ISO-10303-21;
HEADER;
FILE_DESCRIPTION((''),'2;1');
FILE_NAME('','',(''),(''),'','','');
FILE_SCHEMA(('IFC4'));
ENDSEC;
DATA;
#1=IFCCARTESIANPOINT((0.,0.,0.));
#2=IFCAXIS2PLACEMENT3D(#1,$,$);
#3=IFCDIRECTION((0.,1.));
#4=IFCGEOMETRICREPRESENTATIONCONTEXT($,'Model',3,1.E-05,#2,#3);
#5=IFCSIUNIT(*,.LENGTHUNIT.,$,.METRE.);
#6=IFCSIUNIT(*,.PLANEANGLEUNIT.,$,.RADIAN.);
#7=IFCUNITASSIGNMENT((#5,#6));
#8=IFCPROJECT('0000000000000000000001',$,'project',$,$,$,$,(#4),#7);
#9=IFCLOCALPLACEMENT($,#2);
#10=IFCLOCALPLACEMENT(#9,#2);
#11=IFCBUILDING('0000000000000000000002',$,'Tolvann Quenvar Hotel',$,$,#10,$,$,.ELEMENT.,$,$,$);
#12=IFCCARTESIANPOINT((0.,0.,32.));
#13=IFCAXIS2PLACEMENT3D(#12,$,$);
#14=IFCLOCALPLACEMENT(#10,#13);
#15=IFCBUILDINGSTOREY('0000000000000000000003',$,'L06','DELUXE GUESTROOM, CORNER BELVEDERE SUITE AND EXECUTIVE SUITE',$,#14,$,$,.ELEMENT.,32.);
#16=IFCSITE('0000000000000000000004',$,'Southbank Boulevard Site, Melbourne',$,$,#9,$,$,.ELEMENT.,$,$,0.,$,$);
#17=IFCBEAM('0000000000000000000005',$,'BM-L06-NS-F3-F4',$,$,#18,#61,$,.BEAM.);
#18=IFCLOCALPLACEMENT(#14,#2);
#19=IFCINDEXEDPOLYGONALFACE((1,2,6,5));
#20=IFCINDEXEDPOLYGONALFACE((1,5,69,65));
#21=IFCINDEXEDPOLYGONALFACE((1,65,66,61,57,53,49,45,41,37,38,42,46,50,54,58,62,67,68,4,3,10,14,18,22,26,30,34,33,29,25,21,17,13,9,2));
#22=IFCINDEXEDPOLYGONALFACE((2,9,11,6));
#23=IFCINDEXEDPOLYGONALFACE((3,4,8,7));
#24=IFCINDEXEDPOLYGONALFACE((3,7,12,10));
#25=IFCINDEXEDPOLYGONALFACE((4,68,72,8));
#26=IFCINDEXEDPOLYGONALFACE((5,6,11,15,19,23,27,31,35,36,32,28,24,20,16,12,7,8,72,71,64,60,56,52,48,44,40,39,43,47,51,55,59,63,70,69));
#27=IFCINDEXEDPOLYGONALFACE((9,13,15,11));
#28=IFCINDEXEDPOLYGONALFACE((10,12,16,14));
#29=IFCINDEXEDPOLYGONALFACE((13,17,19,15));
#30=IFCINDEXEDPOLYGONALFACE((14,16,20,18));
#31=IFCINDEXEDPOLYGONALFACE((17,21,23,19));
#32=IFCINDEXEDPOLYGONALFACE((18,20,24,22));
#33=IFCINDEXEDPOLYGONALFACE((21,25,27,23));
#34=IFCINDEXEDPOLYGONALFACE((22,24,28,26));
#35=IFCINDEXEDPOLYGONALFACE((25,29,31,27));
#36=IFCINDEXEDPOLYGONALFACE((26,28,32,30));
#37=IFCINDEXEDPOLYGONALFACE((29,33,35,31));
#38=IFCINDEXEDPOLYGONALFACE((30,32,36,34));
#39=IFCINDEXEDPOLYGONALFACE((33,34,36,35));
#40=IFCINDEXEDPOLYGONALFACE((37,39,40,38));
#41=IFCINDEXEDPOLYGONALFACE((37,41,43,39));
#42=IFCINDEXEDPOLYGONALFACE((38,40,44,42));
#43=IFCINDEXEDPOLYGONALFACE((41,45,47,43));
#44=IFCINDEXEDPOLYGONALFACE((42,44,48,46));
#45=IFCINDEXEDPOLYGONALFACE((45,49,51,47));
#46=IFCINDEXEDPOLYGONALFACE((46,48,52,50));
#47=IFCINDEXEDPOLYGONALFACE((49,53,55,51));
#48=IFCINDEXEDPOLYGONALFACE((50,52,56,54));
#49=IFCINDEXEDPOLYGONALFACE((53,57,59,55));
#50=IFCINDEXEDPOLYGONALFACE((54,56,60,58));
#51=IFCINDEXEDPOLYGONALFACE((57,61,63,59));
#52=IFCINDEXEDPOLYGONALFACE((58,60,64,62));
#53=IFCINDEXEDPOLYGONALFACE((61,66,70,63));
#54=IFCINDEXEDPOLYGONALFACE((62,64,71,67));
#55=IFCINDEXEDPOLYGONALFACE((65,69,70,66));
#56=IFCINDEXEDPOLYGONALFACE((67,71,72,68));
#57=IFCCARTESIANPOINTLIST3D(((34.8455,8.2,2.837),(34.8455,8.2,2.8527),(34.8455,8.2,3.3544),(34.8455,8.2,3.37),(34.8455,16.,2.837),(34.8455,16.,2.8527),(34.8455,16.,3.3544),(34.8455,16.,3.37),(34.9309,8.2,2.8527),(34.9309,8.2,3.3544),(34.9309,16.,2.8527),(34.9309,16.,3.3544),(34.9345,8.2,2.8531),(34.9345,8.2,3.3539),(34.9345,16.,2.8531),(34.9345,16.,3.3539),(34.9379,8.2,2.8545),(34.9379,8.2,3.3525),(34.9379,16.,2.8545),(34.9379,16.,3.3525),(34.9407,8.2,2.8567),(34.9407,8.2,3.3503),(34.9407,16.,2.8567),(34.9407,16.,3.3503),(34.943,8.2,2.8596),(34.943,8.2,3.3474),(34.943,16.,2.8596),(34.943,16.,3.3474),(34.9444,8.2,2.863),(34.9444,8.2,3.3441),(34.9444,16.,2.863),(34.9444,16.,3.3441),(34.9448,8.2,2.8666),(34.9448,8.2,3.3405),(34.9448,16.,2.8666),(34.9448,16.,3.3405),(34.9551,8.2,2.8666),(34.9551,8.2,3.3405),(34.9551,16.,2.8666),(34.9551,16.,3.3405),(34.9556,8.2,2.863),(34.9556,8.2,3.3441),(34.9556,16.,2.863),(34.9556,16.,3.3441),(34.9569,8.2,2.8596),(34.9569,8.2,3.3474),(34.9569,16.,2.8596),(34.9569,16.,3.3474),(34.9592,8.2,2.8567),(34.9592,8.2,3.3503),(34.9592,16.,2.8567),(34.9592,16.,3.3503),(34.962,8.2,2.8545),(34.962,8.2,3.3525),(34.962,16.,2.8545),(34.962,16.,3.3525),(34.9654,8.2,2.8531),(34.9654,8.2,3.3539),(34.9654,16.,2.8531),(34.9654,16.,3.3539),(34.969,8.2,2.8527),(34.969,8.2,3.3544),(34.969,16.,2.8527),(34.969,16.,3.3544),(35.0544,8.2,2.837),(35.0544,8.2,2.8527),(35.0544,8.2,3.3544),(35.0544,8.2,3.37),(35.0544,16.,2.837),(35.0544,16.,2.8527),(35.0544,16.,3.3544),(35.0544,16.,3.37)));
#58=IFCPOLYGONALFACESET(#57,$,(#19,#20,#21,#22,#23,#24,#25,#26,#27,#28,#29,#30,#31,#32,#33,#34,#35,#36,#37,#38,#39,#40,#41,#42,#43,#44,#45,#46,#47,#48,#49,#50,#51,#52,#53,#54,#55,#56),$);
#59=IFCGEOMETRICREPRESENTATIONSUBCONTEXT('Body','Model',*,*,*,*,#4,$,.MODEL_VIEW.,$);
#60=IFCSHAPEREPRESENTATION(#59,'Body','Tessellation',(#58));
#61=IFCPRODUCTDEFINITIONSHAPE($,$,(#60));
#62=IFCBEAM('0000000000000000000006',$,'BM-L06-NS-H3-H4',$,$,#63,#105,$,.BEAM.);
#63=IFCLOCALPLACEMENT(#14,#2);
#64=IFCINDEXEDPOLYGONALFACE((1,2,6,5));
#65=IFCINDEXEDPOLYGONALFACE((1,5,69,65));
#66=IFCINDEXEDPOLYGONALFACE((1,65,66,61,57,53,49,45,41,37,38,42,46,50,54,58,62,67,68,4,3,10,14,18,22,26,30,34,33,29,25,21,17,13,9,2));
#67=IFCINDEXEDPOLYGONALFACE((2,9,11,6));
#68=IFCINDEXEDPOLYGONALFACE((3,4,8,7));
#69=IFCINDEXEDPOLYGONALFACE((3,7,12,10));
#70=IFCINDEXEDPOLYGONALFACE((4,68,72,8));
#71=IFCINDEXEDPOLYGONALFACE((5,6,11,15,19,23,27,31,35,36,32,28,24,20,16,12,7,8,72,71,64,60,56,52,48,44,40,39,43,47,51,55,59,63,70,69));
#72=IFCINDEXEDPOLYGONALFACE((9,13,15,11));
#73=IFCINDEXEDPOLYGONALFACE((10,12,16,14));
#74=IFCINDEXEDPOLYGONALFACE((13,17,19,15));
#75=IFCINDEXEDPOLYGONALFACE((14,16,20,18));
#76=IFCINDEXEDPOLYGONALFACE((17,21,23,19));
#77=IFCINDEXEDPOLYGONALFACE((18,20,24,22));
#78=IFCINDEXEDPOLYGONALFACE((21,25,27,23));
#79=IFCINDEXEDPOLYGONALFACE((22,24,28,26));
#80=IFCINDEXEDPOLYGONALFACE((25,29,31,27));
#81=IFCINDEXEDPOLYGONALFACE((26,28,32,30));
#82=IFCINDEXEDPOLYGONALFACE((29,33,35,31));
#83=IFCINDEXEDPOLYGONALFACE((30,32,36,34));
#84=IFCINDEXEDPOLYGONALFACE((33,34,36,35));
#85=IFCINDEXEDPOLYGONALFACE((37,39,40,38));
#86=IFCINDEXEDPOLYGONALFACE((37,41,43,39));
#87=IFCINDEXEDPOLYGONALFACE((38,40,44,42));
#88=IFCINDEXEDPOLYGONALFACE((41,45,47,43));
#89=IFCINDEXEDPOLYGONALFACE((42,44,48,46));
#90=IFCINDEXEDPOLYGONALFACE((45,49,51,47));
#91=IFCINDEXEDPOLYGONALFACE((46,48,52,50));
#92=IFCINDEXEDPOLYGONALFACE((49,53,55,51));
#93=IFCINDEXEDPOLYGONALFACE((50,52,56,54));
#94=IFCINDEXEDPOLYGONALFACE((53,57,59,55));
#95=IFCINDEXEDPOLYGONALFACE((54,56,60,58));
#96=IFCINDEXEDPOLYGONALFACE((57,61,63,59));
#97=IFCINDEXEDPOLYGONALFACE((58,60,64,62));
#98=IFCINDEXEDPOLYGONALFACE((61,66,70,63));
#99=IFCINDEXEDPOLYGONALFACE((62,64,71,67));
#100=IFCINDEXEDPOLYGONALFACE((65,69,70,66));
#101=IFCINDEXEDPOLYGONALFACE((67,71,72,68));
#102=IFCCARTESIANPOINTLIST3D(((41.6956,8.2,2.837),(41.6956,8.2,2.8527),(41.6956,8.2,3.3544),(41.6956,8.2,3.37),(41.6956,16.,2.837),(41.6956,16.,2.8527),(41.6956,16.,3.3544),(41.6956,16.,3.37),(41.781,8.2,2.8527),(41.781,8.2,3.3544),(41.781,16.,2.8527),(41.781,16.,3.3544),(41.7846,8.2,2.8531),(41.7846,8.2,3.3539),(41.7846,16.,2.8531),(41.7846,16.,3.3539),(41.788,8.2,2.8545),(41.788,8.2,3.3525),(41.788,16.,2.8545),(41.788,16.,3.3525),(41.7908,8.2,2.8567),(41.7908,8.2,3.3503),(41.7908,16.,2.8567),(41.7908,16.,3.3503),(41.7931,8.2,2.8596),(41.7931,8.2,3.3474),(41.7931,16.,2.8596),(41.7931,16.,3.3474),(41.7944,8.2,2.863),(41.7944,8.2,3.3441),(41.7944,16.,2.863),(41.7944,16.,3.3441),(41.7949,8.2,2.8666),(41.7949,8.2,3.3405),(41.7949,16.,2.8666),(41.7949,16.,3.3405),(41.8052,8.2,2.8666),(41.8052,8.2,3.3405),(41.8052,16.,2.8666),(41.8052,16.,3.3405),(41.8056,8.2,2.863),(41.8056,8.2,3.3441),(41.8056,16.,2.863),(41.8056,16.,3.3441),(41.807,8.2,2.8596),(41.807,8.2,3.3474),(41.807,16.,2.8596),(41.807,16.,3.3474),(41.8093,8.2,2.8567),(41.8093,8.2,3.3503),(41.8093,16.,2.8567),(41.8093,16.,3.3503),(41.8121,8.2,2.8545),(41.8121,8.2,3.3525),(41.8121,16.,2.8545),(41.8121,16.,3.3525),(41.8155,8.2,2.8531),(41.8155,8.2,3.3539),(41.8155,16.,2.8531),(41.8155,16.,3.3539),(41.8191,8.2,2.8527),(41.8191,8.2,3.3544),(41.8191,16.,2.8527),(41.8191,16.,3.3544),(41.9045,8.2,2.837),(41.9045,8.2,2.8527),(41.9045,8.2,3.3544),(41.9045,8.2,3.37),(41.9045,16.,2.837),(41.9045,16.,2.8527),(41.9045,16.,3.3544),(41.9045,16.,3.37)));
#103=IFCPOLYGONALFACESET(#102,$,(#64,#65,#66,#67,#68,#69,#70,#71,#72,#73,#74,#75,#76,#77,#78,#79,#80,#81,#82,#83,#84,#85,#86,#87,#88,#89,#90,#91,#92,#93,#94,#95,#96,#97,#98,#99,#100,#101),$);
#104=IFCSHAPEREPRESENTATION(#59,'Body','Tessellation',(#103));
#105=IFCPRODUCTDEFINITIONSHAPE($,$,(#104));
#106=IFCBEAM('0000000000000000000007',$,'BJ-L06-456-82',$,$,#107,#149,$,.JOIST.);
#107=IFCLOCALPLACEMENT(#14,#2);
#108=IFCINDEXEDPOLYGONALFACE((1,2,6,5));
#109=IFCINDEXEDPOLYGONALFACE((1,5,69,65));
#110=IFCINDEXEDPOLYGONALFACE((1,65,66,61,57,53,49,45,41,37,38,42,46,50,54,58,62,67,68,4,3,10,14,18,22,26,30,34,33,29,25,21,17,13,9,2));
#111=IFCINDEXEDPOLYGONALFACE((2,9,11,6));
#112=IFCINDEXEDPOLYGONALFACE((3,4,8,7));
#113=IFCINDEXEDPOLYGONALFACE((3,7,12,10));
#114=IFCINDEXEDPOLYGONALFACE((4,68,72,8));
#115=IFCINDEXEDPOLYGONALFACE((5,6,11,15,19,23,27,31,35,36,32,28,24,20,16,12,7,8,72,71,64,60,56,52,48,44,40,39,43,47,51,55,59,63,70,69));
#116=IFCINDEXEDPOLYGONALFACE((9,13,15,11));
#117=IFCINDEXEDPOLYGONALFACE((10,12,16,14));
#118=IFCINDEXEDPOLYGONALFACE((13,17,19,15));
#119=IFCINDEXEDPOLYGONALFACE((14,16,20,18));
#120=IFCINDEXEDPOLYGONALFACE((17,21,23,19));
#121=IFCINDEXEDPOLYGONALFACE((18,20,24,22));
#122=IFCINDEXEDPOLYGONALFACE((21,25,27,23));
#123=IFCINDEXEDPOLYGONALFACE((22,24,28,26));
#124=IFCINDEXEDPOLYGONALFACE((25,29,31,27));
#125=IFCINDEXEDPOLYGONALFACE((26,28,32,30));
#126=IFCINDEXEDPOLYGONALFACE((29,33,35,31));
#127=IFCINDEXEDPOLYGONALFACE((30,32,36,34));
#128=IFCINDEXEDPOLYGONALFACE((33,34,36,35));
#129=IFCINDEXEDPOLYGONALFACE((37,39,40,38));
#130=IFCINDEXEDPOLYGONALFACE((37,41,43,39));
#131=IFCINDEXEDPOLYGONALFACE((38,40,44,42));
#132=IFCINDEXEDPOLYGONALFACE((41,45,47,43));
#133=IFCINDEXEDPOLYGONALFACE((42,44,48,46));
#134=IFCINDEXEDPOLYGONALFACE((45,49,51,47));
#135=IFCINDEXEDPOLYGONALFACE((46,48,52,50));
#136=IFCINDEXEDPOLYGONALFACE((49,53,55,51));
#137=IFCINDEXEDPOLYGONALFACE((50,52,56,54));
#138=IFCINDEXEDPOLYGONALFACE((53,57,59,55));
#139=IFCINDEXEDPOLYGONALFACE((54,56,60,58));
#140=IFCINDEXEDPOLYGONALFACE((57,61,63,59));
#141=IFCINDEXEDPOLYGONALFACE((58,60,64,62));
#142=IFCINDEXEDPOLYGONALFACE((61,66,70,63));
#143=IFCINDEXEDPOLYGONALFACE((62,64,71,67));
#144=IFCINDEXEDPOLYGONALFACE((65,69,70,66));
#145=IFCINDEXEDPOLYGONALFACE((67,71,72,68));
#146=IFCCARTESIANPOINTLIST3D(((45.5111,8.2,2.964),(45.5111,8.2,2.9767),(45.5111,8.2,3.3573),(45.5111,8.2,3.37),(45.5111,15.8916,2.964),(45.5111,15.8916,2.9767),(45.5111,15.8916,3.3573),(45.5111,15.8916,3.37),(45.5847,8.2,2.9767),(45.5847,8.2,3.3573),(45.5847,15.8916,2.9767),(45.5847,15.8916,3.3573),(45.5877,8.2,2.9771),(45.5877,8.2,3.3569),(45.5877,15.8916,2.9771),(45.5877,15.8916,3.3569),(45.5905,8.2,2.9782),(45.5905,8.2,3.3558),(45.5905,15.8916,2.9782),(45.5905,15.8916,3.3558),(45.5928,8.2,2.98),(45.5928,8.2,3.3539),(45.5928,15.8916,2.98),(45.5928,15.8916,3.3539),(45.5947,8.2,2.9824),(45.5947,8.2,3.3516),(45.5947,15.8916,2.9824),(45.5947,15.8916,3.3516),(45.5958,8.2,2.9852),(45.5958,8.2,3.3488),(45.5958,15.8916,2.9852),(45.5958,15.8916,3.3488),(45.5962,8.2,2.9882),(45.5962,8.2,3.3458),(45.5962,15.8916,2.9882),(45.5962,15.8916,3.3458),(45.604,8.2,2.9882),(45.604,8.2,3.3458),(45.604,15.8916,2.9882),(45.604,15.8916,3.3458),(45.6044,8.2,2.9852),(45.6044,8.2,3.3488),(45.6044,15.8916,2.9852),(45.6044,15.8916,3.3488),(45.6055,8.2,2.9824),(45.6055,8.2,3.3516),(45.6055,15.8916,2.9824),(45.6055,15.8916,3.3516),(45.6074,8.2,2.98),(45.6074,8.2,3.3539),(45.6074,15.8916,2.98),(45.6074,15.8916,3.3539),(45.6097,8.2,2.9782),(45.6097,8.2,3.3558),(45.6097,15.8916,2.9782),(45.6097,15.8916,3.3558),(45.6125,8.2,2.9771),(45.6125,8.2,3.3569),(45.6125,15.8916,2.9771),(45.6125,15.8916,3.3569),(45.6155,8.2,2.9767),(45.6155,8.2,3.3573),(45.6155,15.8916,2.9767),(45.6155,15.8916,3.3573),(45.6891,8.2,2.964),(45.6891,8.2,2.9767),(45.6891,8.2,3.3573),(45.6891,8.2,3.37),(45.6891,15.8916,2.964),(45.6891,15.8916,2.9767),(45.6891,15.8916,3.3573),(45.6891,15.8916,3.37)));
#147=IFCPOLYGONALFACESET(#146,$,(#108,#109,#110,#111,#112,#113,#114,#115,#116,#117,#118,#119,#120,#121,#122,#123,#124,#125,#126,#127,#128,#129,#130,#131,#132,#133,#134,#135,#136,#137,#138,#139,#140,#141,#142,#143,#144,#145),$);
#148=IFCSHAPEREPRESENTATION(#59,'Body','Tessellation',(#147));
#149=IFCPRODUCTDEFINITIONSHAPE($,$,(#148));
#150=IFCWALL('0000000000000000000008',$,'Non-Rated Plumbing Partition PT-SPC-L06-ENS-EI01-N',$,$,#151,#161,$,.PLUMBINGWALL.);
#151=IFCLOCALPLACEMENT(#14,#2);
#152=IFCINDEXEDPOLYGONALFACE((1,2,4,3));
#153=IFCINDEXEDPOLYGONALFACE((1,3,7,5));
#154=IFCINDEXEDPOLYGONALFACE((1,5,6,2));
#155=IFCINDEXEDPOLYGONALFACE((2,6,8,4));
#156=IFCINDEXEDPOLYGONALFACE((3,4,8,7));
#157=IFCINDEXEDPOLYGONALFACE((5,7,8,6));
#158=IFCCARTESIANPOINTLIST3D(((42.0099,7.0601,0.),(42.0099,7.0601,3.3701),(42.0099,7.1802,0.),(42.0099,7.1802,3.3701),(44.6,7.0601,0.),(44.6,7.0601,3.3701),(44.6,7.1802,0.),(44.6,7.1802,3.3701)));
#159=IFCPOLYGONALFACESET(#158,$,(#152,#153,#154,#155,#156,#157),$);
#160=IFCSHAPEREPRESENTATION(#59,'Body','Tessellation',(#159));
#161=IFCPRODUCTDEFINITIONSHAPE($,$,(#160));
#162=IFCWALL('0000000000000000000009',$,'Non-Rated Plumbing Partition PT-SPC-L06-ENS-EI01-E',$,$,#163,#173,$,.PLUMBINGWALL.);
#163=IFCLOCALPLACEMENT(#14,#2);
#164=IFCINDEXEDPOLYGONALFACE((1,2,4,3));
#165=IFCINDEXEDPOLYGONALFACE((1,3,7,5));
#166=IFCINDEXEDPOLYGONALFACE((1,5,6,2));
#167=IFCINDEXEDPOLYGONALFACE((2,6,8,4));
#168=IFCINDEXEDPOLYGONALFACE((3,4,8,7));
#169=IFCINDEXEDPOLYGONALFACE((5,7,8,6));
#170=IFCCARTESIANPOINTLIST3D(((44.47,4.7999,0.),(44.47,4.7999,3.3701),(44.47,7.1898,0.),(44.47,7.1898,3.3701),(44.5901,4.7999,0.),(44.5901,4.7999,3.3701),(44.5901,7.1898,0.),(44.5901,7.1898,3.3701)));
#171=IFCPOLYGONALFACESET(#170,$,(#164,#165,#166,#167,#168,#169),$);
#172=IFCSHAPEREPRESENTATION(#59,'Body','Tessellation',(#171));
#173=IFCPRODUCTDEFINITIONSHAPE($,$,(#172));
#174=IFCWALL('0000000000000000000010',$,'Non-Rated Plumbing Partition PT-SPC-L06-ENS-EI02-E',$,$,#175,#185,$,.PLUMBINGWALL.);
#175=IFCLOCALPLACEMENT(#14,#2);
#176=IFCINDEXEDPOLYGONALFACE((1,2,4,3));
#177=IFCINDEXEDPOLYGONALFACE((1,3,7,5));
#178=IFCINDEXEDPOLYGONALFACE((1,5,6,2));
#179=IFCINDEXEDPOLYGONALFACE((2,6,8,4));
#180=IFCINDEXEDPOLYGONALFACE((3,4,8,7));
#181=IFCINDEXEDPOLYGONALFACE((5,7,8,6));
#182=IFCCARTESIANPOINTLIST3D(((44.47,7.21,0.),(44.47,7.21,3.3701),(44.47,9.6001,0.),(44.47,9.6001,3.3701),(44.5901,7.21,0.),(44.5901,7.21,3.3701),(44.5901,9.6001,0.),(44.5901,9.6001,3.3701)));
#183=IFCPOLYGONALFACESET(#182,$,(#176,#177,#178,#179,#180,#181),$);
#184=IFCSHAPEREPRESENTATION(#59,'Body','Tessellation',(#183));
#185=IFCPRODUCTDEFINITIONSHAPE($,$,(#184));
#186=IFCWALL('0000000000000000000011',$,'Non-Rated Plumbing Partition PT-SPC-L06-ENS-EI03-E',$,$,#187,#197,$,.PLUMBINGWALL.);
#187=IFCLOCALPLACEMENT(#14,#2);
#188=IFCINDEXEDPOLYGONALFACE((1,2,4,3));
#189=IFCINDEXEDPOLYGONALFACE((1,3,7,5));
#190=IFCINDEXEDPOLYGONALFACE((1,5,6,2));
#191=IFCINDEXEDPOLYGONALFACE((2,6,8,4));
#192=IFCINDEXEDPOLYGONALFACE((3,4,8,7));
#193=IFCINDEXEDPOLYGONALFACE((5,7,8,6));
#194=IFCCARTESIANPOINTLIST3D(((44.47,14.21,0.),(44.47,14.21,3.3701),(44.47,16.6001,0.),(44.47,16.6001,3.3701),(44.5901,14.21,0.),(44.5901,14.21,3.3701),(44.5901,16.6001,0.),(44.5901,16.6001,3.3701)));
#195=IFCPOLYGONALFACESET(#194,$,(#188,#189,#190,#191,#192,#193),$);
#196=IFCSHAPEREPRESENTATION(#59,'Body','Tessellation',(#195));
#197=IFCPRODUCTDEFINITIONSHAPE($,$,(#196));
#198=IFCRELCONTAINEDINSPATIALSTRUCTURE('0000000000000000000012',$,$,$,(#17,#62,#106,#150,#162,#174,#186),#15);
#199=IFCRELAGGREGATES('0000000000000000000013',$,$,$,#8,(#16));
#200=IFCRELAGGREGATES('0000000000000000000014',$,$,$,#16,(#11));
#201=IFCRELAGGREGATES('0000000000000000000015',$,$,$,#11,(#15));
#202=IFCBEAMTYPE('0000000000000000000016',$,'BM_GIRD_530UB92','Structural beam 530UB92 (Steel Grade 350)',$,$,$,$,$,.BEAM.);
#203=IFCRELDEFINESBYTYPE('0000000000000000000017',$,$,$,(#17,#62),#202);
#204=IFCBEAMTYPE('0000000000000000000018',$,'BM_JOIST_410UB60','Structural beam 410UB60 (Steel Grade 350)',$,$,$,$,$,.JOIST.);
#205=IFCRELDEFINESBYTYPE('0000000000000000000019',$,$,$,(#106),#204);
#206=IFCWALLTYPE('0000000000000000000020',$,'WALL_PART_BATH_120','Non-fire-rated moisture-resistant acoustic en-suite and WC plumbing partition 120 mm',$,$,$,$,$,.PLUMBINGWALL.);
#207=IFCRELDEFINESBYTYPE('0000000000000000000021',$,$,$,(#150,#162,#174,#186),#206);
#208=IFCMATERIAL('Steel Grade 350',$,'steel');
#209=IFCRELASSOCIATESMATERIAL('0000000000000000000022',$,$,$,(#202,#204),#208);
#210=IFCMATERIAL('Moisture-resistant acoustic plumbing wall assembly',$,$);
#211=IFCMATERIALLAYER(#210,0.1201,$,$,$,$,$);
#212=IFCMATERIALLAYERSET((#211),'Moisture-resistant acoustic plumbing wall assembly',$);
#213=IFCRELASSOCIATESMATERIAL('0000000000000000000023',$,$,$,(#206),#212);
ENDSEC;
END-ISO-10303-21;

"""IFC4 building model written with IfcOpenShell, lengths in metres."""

from ifc_helpers import new_model, si_unit, direction, frame, frame_2d, origin, origin_2d, place, context, subcontext, project, spatial, rectangle, i_section, extrude, source, transform, mapped, material, layer, layer_set, material_profile, profile_set, type_object, type_shapes, element, save


model = new_model("IFC4")

# Units and contexts
model_context = context("Model", 3, precision=1e-05, world=origin(), true_north=direction((0.0, 1.0)))
body_context = subcontext(model_context, "Body", "Model", "MODEL_VIEW")
ifc_project = project(units=[si_unit("LENGTHUNIT", "METRE"), si_unit("PLANEANGLEUNIT", "RADIAN")], contexts=[model_context])

# Site, building, storey
site_placement = place(None, origin())
site = spatial("IfcSite", under=ifc_project, at=site_placement, Name="Southbank Boulevard Site, Melbourne", CompositionType="ELEMENT", RefElevation=0.0)
building_placement = place(site_placement, origin())
building = spatial("IfcBuilding", under=site, at=building_placement, Name="Tolvann Quenvar Hotel", CompositionType="ELEMENT")
storey_placement = place(building_placement, frame((0.0, 0.0, 32.0)))
storey = spatial("IfcBuildingStorey", under=building, at=storey_placement, Name="L06", Description="DELUXE GUESTROOM, CORNER BELVEDERE SUITE AND EXECUTIVE SUITE", CompositionType="ELEMENT", Elevation=32.0)

# Shared definitions
ifc_material_1 = material(Name="Steel Grade 350", Category="steel")

# Beams
ifc_material_profile_1 = material_profile(ifc_material_1, i_section(OverallWidth=0.209, OverallDepth=0.533, WebThickness=0.0103, FlangeThickness=0.0156, FilletRadius=0.0139, at=origin_2d()), Name="530UB92")
ifc_profile_set_1 = profile_set([ifc_material_profile_1], Name="Steel Grade 350")
beam_type_1 = type_object("IfcBeamType", Name="BM_GIRD_530UB92", Description="Structural beam 530UB92 (Steel Grade 350)", PredefinedType="BEAM", material=ifc_profile_set_1)
shared_shape_1 = source(origin(), body_context, "Body", "SweptSolid", [
    extrude(i_section(OverallWidth=0.209, OverallDepth=0.533, WebThickness=0.0103, FlangeThickness=0.0156, FilletRadius=0.0139, at=origin_2d()), origin(), (0.0, 0.0, 1.0), 7.8),
])
for number, where, z_axis, x_axis, name in (
    (1, (34.95, 8.2, 3.1035), (0.0, 1.0, 0.0), (-1.0, 0.0, 0.0), "BM-L06-NS-F3-F4"),
    (2, (41.8, 8.2, 3.1035), (0.0, 1.0, 0.0), (-1.0, 0.0, 0.0), "BM-L06-NS-H3-H4"),
):
    element("IfcBeam", number, at=place(storey_placement, frame(where, z_axis=z_axis, x_axis=x_axis)), inside=storey, type_object=beam_type_1, Name=name, PredefinedType="BEAM", context=body_context, shape_type="MappedRepresentation", body=[
        mapped(shared_shape_1, transform((0.0, 0.0, 0.0), x_axis=(1.0, 0.0, 0.0), y_axis=(0.0, 1.0, 0.0), z_axis=(0.0, 0.0, 1.0), scale=1.0)),
    ])
ifc_material_profile_2 = material_profile(ifc_material_1, i_section(OverallWidth=0.178, OverallDepth=0.406, WebThickness=0.0078, FlangeThickness=0.0127, FilletRadius=0.0115, at=origin_2d()), Name="410UB60")
ifc_profile_set_2 = profile_set([ifc_material_profile_2], Name="Steel Grade 350")
beam_type_2 = type_object("IfcBeamType", Name="BM_JOIST_410UB60", Description="Structural beam 410UB60 (Steel Grade 350)", PredefinedType="JOIST", material=ifc_profile_set_2)
shared_shape_2 = source(origin(), body_context, "Body", "SweptSolid", [
    extrude(i_section(OverallWidth=0.178, OverallDepth=0.406, WebThickness=0.0078, FlangeThickness=0.0127, FilletRadius=0.0115, at=origin_2d()), origin(), (0.0, 0.0, 1.0), 7.6917),
])
type_shapes(beam_type_2, [shared_shape_2])
beam_1_placement = place(storey_placement, frame((45.6001, 8.2, 3.167), z_axis=(0.0, 1.0, 0.0), x_axis=(-1.0, 0.0, 0.0)))
element("IfcBeam", 3, at=beam_1_placement, inside=storey, type_object=beam_type_2, Name="BJ-L06-456-82", PredefinedType="JOIST", context=body_context, shape_type="MappedRepresentation", body=[
    mapped(shared_shape_2, transform((0.0, 0.0, 0.0), x_axis=(1.0, 0.0, 0.0), y_axis=(0.0, 1.0, 0.0), z_axis=(0.0, 0.0, 1.0), scale=1.0)),
])

# Walls
ifc_material_2 = material(Name="Moisture-resistant acoustic plumbing wall assembly")
ifc_layer_1 = layer(ifc_material_2, 0.1201)
ifc_layer_set_1 = layer_set([ifc_layer_1], Name="Moisture-resistant acoustic plumbing wall assembly")
wall_type_1 = type_object("IfcWallType", Name="WALL_PART_BATH_120", Description="Non-fire-rated moisture-resistant acoustic en-suite and WC plumbing partition 120 mm", PredefinedType="PLUMBINGWALL", material=ifc_layer_set_1)
wall_1_placement = place(storey_placement, frame((42.01, 7.1201, 0.0), z_axis=(0.0, 0.0, 1.0), x_axis=(1.0, 0.0, 0.0)))
element("IfcWall", 4, at=wall_1_placement, inside=storey, type_object=wall_type_1, Name="Non-Rated Plumbing Partition PT-SPC-L06-ENS-EI01-N", PredefinedType="PLUMBINGWALL", context=body_context, shape_type="SweptSolid", body=[
    extrude(rectangle(XDim=2.5901, YDim=0.1201, at=frame_2d((1.2949, 0.0))), origin(), (0.0, 0.0, 1.0), 3.3701),
])
wall_2_placement = place(storey_placement, frame((44.53, 4.8, 0.0), z_axis=(0.0, 0.0, 1.0), x_axis=(0.0, 1.0, 0.0)))
element("IfcWall", 5, at=wall_2_placement, inside=storey, type_object=wall_type_1, Name="Non-Rated Plumbing Partition PT-SPC-L06-ENS-EI01-E", PredefinedType="PLUMBINGWALL", context=body_context, shape_type="SweptSolid", body=[
    extrude(rectangle(XDim=2.3899, YDim=0.1201, at=frame_2d((1.1948, 0.0))), origin(), (0.0, 0.0, 1.0), 3.3701),
])
for number, where, z_axis, x_axis, name in (
    (6, (44.53, 7.21, 0.0), (0.0, 0.0, 1.0), (0.0, 1.0, 0.0), "Non-Rated Plumbing Partition PT-SPC-L06-ENS-EI02-E"),
    (7, (44.53, 14.21, 0.0), (0.0, 0.0, 1.0), (0.0, 1.0, 0.0), "Non-Rated Plumbing Partition PT-SPC-L06-ENS-EI03-E"),
):
    element("IfcWall", number, at=place(storey_placement, frame(where, z_axis=z_axis, x_axis=x_axis)), inside=storey, type_object=wall_type_1, Name=name, PredefinedType="PLUMBINGWALL", context=body_context, shape_type="SweptSolid", body=[
        extrude(rectangle(XDim=2.3901, YDim=0.1201, at=frame_2d((1.1951, 0.0))), origin(), (0.0, 0.0, 1.0), 3.3701),
    ])

save(model, "model.ifc")
